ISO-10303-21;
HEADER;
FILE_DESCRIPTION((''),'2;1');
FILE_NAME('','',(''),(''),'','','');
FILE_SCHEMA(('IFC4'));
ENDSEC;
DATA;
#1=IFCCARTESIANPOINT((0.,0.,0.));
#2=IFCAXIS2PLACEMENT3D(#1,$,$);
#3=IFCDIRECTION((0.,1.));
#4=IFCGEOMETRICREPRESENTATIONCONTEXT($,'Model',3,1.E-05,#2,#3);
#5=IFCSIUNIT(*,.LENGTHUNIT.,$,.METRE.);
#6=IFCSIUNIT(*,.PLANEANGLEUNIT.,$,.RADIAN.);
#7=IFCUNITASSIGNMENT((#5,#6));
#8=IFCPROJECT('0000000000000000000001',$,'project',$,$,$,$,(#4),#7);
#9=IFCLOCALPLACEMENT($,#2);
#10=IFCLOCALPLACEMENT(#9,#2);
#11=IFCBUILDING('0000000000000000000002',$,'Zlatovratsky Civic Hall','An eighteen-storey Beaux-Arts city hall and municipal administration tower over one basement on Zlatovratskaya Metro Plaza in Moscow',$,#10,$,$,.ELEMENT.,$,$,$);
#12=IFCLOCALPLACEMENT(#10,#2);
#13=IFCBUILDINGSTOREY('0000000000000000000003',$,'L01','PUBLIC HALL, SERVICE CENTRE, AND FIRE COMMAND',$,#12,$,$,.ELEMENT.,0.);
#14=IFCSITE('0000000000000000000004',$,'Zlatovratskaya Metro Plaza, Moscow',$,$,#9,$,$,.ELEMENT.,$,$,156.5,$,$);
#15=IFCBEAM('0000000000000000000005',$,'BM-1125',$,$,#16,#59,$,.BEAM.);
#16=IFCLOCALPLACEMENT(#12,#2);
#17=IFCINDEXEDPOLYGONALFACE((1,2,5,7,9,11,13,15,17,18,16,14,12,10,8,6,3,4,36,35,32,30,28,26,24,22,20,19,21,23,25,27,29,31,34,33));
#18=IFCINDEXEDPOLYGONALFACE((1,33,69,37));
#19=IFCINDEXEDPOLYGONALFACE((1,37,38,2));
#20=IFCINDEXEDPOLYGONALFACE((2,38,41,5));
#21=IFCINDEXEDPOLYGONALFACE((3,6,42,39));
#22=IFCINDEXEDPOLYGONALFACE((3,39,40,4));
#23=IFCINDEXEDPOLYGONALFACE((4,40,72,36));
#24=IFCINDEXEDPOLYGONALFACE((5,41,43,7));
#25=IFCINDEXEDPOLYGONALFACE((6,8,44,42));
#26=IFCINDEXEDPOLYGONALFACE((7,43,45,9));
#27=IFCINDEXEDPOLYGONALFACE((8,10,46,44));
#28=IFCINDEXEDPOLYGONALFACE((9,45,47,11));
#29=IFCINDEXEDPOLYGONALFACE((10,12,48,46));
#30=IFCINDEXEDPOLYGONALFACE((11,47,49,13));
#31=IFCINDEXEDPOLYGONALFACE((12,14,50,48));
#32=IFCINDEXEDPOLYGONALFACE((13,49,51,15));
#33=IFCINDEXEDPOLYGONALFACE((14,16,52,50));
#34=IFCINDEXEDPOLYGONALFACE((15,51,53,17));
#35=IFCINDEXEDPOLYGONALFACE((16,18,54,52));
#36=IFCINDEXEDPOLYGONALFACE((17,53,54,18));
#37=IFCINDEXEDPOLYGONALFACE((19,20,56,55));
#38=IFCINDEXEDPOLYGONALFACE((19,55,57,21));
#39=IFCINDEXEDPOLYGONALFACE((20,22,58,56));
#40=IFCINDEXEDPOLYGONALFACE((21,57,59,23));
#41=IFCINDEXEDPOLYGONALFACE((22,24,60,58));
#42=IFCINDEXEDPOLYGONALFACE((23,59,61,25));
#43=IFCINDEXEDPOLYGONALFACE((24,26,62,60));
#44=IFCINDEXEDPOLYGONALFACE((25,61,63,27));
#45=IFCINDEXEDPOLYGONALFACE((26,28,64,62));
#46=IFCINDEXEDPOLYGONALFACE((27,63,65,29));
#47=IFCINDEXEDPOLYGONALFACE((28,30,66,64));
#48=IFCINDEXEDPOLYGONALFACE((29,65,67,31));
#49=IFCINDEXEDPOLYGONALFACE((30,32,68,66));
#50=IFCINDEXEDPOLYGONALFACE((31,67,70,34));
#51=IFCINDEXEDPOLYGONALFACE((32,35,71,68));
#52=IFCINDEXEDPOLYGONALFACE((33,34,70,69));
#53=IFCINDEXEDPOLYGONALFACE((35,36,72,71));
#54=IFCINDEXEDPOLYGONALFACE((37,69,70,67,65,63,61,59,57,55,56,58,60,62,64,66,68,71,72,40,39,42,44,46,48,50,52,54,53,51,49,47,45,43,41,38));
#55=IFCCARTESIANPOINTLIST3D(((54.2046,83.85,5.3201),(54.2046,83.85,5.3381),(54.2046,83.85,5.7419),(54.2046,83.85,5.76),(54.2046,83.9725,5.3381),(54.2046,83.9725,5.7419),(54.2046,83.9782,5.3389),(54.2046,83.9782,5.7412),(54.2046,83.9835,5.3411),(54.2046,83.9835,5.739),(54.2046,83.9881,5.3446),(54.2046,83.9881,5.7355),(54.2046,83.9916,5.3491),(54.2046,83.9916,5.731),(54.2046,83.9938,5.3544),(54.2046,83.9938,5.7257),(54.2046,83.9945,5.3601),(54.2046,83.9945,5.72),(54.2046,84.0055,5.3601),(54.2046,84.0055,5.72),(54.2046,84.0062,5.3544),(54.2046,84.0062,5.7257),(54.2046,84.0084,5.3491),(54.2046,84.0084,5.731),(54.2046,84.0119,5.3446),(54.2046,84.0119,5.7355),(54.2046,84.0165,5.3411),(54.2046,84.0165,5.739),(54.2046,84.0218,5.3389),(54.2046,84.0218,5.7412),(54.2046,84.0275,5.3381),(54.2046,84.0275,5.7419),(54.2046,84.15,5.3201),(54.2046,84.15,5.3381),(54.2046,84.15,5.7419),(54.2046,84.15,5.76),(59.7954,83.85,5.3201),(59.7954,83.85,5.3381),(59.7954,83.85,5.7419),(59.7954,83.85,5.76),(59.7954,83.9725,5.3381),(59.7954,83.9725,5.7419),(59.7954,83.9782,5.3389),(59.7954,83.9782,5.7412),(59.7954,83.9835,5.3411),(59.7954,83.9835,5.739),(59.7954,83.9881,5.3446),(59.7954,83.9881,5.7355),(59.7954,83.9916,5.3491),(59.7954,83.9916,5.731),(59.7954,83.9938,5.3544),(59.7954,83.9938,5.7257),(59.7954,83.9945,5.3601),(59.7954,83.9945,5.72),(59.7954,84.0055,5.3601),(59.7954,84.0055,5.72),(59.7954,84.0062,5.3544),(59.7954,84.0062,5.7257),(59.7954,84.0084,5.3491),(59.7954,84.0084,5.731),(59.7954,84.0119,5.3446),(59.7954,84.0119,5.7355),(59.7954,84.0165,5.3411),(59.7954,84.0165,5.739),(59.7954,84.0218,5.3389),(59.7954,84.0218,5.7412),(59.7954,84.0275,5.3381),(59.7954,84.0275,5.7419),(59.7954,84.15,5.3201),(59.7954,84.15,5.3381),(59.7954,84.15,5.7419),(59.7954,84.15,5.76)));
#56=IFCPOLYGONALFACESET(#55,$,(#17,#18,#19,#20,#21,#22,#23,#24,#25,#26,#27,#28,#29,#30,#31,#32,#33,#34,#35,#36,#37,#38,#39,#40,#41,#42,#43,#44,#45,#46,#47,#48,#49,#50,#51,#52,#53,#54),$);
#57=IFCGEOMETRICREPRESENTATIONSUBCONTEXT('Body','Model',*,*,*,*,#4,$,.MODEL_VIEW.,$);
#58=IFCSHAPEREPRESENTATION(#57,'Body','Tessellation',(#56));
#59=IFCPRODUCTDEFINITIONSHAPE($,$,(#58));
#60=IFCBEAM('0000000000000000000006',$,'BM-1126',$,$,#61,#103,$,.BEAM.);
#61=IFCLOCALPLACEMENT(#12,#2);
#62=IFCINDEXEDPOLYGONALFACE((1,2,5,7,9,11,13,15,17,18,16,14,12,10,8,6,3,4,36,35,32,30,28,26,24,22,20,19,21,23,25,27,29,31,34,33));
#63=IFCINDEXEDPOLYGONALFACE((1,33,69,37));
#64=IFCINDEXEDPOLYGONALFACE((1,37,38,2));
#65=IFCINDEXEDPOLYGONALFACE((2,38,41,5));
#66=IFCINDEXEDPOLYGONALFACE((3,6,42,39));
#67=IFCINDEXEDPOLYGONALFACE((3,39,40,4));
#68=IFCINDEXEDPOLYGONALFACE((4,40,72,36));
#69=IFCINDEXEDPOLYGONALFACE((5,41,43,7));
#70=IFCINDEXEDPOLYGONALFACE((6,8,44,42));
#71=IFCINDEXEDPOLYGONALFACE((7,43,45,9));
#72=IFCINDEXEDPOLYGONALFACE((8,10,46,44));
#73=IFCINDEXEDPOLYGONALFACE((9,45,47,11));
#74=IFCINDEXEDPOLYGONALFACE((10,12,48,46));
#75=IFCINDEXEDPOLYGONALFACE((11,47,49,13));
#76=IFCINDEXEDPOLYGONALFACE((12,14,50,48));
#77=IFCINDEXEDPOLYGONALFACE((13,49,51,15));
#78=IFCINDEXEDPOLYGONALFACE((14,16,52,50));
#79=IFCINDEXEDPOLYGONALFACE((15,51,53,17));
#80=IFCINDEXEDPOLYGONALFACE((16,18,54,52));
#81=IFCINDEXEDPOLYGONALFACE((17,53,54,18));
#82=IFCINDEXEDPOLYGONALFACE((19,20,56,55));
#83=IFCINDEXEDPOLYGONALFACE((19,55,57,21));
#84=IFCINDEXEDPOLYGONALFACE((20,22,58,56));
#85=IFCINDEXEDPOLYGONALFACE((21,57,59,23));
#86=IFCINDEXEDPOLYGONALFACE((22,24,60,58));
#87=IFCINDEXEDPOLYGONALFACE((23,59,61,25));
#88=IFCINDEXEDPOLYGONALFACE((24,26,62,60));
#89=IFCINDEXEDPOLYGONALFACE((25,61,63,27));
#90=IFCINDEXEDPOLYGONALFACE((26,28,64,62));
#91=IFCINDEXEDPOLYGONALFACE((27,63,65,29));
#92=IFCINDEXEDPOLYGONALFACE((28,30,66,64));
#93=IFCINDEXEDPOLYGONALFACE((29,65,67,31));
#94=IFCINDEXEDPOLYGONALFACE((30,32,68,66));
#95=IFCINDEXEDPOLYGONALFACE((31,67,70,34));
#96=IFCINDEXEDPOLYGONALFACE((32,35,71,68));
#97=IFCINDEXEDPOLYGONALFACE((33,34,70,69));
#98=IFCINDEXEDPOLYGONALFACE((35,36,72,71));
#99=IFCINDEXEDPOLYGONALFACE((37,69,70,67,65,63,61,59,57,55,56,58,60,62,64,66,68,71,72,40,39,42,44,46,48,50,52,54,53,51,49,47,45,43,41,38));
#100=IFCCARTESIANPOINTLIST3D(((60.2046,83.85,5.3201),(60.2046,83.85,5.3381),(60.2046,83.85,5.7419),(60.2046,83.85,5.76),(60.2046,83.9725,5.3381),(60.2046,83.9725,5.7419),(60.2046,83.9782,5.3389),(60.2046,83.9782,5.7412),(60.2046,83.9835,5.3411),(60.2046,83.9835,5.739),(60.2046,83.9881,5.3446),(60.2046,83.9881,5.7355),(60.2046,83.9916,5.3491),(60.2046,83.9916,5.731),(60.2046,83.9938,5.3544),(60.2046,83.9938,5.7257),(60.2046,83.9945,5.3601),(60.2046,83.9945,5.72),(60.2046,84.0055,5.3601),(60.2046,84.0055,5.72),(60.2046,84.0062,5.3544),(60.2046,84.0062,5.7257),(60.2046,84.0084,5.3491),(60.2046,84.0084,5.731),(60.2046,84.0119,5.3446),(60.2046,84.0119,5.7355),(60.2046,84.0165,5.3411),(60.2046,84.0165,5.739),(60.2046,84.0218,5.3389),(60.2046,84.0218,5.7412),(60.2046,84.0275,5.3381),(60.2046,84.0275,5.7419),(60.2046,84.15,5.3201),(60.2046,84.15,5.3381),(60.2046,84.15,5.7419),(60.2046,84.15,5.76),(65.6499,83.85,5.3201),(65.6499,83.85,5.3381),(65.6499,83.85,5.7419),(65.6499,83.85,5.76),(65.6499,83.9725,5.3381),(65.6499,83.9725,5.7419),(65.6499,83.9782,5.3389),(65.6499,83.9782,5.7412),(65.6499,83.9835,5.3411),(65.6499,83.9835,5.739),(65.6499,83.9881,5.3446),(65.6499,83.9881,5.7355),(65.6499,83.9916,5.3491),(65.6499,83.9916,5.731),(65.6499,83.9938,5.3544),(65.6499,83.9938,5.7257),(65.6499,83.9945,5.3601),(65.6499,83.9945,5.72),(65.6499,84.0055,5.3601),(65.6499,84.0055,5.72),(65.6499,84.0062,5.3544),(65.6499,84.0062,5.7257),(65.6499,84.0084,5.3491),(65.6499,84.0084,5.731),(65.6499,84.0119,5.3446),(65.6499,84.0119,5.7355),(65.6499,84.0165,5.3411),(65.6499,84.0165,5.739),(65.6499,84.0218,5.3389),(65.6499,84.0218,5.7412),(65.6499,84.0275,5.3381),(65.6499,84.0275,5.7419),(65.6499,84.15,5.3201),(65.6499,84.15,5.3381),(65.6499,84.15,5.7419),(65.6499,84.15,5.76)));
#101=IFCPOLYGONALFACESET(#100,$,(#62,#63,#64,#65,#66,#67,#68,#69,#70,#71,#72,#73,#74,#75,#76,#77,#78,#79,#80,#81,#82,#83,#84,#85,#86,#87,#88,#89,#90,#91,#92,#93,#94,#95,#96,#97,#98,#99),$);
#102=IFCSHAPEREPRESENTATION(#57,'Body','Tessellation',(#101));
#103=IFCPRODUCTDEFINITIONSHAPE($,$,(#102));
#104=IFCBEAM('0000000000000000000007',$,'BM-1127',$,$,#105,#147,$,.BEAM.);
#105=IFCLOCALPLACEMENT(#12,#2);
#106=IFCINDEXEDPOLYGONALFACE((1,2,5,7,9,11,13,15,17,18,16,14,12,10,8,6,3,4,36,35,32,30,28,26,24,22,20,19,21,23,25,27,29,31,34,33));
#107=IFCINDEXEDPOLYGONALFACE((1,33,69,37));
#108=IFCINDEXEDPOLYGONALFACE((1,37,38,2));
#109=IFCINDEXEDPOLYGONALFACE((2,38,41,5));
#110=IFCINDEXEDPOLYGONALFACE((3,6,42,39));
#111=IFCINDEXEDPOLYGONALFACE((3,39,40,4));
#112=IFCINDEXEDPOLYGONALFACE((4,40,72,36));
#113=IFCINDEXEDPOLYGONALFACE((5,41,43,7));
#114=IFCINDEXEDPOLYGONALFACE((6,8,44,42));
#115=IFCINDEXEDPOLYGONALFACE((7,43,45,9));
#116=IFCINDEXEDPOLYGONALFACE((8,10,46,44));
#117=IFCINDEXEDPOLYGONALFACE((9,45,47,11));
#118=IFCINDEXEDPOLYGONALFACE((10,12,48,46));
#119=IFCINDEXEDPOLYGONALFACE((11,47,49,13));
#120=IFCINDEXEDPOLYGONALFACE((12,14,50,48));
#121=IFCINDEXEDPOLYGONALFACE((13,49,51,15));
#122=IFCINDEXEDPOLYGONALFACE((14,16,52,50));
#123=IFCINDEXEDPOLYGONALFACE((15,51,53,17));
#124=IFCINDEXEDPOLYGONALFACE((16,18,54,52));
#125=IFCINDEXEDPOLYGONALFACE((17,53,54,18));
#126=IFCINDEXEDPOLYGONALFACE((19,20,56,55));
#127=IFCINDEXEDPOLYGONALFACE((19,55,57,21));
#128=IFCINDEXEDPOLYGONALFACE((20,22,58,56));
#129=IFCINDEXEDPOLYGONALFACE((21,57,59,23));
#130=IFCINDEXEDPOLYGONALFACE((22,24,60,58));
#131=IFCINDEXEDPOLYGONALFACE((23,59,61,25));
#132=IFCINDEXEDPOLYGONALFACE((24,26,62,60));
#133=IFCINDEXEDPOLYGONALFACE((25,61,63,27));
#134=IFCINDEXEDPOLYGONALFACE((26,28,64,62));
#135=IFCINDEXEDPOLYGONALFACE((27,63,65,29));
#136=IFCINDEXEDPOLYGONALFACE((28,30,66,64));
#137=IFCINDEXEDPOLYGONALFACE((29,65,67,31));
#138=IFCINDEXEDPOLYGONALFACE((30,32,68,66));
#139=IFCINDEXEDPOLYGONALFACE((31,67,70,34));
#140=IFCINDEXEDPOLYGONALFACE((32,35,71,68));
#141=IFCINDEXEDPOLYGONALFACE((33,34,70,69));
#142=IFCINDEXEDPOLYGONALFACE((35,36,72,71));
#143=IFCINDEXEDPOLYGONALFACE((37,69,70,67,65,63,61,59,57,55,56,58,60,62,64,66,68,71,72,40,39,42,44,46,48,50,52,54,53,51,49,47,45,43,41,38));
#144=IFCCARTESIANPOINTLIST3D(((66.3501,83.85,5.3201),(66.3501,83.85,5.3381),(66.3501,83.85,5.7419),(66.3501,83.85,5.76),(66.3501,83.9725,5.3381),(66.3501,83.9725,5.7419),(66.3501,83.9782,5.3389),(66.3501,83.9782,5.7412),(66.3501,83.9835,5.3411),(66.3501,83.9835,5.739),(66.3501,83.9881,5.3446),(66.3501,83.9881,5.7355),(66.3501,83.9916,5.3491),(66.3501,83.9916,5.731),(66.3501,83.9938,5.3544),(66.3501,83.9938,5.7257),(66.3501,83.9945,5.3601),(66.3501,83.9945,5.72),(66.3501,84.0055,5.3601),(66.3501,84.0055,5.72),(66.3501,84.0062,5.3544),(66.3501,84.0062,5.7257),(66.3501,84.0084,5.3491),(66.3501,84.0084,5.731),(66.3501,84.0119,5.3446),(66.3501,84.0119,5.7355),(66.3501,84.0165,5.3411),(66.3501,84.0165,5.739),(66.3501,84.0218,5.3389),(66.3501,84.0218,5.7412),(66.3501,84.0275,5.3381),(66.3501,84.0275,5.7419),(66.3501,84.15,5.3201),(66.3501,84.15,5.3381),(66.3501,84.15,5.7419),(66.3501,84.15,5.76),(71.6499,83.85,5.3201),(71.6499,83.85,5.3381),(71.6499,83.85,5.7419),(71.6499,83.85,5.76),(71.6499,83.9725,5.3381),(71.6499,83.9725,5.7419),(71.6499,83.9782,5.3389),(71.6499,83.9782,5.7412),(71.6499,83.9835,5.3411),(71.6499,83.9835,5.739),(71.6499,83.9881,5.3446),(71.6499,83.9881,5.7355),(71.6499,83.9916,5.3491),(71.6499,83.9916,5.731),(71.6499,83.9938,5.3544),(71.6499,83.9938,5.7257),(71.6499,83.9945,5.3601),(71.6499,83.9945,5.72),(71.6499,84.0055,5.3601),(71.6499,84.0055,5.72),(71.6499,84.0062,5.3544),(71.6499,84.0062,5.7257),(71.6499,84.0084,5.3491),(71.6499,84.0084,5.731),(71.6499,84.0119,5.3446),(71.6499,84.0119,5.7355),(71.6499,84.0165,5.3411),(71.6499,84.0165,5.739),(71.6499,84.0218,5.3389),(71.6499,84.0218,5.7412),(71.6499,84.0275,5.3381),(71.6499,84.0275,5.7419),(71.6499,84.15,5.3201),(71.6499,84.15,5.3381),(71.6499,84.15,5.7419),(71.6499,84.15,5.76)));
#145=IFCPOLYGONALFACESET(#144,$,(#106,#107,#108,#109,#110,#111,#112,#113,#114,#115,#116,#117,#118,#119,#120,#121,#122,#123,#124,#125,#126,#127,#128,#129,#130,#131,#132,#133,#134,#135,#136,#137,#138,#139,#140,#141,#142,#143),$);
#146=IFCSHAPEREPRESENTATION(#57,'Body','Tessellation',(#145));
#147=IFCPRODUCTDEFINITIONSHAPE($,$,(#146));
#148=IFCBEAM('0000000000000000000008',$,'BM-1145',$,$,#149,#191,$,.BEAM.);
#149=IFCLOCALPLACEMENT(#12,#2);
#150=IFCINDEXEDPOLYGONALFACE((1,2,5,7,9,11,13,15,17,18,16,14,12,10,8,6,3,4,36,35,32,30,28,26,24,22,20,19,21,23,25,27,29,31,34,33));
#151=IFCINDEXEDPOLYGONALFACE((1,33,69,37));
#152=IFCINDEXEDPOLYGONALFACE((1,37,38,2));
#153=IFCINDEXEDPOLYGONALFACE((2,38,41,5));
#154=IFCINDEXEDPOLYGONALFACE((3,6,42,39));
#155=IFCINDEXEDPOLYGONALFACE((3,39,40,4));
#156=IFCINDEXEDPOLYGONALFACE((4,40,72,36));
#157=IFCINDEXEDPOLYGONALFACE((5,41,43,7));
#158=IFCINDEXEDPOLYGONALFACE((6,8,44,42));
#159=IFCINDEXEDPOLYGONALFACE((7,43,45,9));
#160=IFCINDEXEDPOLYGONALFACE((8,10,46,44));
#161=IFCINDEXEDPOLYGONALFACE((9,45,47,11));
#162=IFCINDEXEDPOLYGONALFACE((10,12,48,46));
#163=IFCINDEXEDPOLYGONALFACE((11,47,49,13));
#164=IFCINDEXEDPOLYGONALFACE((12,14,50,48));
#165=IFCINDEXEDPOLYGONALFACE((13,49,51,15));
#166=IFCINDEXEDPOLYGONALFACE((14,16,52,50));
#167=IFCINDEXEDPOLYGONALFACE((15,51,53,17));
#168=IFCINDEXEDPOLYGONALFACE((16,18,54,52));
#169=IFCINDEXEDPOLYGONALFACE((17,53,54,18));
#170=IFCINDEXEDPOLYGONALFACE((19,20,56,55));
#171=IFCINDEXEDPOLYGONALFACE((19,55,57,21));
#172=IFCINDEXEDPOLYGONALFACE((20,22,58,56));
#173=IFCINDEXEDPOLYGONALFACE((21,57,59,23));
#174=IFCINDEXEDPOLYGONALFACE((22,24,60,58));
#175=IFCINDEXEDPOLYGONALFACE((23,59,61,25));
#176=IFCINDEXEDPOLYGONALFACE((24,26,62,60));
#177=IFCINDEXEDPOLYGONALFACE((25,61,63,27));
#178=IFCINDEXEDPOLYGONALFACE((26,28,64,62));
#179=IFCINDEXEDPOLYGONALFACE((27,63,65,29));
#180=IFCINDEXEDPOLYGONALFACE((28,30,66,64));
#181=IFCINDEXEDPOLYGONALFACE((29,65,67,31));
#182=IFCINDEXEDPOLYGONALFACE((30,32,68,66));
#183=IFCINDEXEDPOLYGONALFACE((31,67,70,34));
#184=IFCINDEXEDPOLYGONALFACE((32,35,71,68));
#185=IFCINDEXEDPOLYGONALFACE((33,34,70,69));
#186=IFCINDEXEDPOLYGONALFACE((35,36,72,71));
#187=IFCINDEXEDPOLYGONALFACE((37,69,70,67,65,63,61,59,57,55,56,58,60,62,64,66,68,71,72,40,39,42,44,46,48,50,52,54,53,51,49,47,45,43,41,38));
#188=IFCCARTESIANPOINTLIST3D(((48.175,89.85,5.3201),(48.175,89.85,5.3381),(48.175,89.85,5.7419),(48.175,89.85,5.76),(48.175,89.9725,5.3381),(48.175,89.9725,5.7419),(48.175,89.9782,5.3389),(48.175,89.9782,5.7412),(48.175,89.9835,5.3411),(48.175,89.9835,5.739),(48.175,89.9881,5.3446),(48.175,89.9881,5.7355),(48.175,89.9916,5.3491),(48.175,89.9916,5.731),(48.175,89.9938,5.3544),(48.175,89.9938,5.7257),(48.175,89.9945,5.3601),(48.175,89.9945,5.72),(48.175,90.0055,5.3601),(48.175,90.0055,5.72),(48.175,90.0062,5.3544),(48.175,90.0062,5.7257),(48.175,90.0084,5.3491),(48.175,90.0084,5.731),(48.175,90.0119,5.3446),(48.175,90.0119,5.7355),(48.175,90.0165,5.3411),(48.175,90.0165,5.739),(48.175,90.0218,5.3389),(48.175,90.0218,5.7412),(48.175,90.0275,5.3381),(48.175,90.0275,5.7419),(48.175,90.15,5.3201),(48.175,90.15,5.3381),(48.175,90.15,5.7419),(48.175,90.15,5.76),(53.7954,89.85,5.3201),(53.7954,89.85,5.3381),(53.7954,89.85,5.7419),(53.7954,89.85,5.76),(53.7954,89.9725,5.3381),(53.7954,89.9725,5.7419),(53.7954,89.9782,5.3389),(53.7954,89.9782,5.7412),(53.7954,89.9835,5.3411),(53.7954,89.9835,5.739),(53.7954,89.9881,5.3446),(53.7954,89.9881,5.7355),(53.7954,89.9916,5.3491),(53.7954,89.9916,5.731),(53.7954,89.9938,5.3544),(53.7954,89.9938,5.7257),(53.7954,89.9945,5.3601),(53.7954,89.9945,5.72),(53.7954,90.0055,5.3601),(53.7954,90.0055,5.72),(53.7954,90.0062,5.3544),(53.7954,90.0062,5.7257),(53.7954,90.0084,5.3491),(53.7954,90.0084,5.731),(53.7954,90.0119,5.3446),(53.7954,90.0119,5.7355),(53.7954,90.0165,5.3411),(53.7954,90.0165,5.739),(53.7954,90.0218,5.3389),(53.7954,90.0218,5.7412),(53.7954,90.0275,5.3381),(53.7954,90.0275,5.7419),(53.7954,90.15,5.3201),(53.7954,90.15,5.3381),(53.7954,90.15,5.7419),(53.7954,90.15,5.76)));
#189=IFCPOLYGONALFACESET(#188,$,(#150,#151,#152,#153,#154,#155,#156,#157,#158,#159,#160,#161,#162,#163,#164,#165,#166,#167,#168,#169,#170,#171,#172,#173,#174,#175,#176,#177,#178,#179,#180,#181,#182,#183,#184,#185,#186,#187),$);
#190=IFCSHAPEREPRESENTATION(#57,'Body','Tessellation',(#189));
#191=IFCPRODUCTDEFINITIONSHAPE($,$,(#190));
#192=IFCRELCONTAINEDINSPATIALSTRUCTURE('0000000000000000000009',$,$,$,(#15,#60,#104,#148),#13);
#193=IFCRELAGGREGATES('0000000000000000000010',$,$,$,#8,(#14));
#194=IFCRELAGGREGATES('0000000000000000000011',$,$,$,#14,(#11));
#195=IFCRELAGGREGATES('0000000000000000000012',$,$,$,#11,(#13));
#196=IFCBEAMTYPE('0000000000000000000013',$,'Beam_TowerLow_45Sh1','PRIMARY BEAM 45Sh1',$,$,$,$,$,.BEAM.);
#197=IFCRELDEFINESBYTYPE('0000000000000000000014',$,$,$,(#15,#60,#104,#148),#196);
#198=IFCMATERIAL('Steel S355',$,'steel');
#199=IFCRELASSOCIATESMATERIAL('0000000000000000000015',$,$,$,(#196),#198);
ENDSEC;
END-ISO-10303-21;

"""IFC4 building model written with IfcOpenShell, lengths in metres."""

from ifc_helpers import new_model, si_unit, direction, frame, origin, origin_2d, place, context, subcontext, project, spatial, i_section, extrude, material, material_profile, profile_set, type_object, element, save


model = new_model("IFC4")

# Units and contexts
model_context = context("Model", 3, precision=1e-05, world=origin(), true_north=direction((0.0, 1.0)))
body_context = subcontext(model_context, "Body", "Model", "MODEL_VIEW")
ifc_project = project(units=[si_unit("LENGTHUNIT", "METRE"), si_unit("PLANEANGLEUNIT", "RADIAN")], contexts=[model_context])

# Site, building, storey
site_placement = place(None, origin())
site = spatial("IfcSite", under=ifc_project, at=site_placement, Name="Zlatovratskaya Metro Plaza, Moscow", CompositionType="ELEMENT", RefElevation=156.5)
building_placement = place(site_placement, origin())
building = spatial("IfcBuilding", under=site, at=building_placement, Name="Zlatovratsky Civic Hall", Description="An eighteen-storey Beaux-Arts city hall and municipal administration tower over one basement on Zlatovratskaya Metro Plaza in Moscow", CompositionType="ELEMENT")
storey_placement = place(building_placement, origin())
storey = spatial("IfcBuildingStorey", under=building, at=storey_placement, Name="L01", Description="PUBLIC HALL, SERVICE CENTRE, AND FIRE COMMAND", CompositionType="ELEMENT", Elevation=0.0)

# Shared definitions
ifc_material_1 = material(Name="Steel S355", Category="steel")

# Beams
ifc_material_profile_1 = material_profile(ifc_material_1, i_section(OverallWidth=0.3, OverallDepth=0.4399, WebThickness=0.011, FlangeThickness=0.0181, FilletRadius=0.022, at=origin_2d()), Name="45Sh1")
ifc_profile_set_1 = profile_set([ifc_material_profile_1], Name="Steel S355")
beam_type = type_object("IfcBeamType", Name="Beam_TowerLow_45Sh1", Description="PRIMARY BEAM 45Sh1", PredefinedType="BEAM", material=ifc_profile_set_1)
beam_1_placement = place(storey_placement, frame((54.2046, 84.0, 5.54), z_axis=(1.0, 0.0, 0.0), x_axis=(0.0, 1.0, 0.0)))
element("IfcBeam", 1, at=beam_1_placement, inside=storey, type_object=beam_type, Name="BM-1125", PredefinedType="BEAM", context=body_context, shape_type="SweptSolid", body=[
    extrude(i_section(OverallWidth=0.3, OverallDepth=0.4399, WebThickness=0.011, FlangeThickness=0.0181, FilletRadius=0.022, at=origin_2d()), origin(), (0.0, 0.0, 1.0), 5.5908),
])
beam_2_placement = place(storey_placement, frame((60.2046, 84.0, 5.54), z_axis=(1.0, 0.0, 0.0), x_axis=(0.0, 1.0, 0.0)))
element("IfcBeam", 2, at=beam_2_placement, inside=storey, type_object=beam_type, Name="BM-1126", PredefinedType="BEAM", context=body_context, shape_type="SweptSolid", body=[
    extrude(i_section(OverallWidth=0.3, OverallDepth=0.4399, WebThickness=0.011, FlangeThickness=0.0181, FilletRadius=0.022, at=origin_2d()), origin(), (0.0, 0.0, 1.0), 5.4453),
])
beam_3_placement = place(storey_placement, frame((66.3501, 84.0, 5.54), z_axis=(1.0, 0.0, 0.0), x_axis=(0.0, 1.0, 0.0)))
element("IfcBeam", 3, at=beam_3_placement, inside=storey, type_object=beam_type, Name="BM-1127", PredefinedType="BEAM", context=body_context, shape_type="SweptSolid", body=[
    extrude(i_section(OverallWidth=0.3, OverallDepth=0.4399, WebThickness=0.011, FlangeThickness=0.0181, FilletRadius=0.022, at=origin_2d()), origin(), (0.0, 0.0, 1.0), 5.2998),
])
beam_4_placement = place(storey_placement, frame((48.175, 90.0, 5.54), z_axis=(1.0, 0.0, 0.0), x_axis=(0.0, 1.0, 0.0)))
element("IfcBeam", 4, at=beam_4_placement, inside=storey, type_object=beam_type, Name="BM-1145", PredefinedType="BEAM", context=body_context, shape_type="SweptSolid", body=[
    extrude(i_section(OverallWidth=0.3, OverallDepth=0.4399, WebThickness=0.011, FlangeThickness=0.0181, FilletRadius=0.022, at=origin_2d()), origin(), (0.0, 0.0, 1.0), 5.6204),
])

save(model, "model.ifc")
